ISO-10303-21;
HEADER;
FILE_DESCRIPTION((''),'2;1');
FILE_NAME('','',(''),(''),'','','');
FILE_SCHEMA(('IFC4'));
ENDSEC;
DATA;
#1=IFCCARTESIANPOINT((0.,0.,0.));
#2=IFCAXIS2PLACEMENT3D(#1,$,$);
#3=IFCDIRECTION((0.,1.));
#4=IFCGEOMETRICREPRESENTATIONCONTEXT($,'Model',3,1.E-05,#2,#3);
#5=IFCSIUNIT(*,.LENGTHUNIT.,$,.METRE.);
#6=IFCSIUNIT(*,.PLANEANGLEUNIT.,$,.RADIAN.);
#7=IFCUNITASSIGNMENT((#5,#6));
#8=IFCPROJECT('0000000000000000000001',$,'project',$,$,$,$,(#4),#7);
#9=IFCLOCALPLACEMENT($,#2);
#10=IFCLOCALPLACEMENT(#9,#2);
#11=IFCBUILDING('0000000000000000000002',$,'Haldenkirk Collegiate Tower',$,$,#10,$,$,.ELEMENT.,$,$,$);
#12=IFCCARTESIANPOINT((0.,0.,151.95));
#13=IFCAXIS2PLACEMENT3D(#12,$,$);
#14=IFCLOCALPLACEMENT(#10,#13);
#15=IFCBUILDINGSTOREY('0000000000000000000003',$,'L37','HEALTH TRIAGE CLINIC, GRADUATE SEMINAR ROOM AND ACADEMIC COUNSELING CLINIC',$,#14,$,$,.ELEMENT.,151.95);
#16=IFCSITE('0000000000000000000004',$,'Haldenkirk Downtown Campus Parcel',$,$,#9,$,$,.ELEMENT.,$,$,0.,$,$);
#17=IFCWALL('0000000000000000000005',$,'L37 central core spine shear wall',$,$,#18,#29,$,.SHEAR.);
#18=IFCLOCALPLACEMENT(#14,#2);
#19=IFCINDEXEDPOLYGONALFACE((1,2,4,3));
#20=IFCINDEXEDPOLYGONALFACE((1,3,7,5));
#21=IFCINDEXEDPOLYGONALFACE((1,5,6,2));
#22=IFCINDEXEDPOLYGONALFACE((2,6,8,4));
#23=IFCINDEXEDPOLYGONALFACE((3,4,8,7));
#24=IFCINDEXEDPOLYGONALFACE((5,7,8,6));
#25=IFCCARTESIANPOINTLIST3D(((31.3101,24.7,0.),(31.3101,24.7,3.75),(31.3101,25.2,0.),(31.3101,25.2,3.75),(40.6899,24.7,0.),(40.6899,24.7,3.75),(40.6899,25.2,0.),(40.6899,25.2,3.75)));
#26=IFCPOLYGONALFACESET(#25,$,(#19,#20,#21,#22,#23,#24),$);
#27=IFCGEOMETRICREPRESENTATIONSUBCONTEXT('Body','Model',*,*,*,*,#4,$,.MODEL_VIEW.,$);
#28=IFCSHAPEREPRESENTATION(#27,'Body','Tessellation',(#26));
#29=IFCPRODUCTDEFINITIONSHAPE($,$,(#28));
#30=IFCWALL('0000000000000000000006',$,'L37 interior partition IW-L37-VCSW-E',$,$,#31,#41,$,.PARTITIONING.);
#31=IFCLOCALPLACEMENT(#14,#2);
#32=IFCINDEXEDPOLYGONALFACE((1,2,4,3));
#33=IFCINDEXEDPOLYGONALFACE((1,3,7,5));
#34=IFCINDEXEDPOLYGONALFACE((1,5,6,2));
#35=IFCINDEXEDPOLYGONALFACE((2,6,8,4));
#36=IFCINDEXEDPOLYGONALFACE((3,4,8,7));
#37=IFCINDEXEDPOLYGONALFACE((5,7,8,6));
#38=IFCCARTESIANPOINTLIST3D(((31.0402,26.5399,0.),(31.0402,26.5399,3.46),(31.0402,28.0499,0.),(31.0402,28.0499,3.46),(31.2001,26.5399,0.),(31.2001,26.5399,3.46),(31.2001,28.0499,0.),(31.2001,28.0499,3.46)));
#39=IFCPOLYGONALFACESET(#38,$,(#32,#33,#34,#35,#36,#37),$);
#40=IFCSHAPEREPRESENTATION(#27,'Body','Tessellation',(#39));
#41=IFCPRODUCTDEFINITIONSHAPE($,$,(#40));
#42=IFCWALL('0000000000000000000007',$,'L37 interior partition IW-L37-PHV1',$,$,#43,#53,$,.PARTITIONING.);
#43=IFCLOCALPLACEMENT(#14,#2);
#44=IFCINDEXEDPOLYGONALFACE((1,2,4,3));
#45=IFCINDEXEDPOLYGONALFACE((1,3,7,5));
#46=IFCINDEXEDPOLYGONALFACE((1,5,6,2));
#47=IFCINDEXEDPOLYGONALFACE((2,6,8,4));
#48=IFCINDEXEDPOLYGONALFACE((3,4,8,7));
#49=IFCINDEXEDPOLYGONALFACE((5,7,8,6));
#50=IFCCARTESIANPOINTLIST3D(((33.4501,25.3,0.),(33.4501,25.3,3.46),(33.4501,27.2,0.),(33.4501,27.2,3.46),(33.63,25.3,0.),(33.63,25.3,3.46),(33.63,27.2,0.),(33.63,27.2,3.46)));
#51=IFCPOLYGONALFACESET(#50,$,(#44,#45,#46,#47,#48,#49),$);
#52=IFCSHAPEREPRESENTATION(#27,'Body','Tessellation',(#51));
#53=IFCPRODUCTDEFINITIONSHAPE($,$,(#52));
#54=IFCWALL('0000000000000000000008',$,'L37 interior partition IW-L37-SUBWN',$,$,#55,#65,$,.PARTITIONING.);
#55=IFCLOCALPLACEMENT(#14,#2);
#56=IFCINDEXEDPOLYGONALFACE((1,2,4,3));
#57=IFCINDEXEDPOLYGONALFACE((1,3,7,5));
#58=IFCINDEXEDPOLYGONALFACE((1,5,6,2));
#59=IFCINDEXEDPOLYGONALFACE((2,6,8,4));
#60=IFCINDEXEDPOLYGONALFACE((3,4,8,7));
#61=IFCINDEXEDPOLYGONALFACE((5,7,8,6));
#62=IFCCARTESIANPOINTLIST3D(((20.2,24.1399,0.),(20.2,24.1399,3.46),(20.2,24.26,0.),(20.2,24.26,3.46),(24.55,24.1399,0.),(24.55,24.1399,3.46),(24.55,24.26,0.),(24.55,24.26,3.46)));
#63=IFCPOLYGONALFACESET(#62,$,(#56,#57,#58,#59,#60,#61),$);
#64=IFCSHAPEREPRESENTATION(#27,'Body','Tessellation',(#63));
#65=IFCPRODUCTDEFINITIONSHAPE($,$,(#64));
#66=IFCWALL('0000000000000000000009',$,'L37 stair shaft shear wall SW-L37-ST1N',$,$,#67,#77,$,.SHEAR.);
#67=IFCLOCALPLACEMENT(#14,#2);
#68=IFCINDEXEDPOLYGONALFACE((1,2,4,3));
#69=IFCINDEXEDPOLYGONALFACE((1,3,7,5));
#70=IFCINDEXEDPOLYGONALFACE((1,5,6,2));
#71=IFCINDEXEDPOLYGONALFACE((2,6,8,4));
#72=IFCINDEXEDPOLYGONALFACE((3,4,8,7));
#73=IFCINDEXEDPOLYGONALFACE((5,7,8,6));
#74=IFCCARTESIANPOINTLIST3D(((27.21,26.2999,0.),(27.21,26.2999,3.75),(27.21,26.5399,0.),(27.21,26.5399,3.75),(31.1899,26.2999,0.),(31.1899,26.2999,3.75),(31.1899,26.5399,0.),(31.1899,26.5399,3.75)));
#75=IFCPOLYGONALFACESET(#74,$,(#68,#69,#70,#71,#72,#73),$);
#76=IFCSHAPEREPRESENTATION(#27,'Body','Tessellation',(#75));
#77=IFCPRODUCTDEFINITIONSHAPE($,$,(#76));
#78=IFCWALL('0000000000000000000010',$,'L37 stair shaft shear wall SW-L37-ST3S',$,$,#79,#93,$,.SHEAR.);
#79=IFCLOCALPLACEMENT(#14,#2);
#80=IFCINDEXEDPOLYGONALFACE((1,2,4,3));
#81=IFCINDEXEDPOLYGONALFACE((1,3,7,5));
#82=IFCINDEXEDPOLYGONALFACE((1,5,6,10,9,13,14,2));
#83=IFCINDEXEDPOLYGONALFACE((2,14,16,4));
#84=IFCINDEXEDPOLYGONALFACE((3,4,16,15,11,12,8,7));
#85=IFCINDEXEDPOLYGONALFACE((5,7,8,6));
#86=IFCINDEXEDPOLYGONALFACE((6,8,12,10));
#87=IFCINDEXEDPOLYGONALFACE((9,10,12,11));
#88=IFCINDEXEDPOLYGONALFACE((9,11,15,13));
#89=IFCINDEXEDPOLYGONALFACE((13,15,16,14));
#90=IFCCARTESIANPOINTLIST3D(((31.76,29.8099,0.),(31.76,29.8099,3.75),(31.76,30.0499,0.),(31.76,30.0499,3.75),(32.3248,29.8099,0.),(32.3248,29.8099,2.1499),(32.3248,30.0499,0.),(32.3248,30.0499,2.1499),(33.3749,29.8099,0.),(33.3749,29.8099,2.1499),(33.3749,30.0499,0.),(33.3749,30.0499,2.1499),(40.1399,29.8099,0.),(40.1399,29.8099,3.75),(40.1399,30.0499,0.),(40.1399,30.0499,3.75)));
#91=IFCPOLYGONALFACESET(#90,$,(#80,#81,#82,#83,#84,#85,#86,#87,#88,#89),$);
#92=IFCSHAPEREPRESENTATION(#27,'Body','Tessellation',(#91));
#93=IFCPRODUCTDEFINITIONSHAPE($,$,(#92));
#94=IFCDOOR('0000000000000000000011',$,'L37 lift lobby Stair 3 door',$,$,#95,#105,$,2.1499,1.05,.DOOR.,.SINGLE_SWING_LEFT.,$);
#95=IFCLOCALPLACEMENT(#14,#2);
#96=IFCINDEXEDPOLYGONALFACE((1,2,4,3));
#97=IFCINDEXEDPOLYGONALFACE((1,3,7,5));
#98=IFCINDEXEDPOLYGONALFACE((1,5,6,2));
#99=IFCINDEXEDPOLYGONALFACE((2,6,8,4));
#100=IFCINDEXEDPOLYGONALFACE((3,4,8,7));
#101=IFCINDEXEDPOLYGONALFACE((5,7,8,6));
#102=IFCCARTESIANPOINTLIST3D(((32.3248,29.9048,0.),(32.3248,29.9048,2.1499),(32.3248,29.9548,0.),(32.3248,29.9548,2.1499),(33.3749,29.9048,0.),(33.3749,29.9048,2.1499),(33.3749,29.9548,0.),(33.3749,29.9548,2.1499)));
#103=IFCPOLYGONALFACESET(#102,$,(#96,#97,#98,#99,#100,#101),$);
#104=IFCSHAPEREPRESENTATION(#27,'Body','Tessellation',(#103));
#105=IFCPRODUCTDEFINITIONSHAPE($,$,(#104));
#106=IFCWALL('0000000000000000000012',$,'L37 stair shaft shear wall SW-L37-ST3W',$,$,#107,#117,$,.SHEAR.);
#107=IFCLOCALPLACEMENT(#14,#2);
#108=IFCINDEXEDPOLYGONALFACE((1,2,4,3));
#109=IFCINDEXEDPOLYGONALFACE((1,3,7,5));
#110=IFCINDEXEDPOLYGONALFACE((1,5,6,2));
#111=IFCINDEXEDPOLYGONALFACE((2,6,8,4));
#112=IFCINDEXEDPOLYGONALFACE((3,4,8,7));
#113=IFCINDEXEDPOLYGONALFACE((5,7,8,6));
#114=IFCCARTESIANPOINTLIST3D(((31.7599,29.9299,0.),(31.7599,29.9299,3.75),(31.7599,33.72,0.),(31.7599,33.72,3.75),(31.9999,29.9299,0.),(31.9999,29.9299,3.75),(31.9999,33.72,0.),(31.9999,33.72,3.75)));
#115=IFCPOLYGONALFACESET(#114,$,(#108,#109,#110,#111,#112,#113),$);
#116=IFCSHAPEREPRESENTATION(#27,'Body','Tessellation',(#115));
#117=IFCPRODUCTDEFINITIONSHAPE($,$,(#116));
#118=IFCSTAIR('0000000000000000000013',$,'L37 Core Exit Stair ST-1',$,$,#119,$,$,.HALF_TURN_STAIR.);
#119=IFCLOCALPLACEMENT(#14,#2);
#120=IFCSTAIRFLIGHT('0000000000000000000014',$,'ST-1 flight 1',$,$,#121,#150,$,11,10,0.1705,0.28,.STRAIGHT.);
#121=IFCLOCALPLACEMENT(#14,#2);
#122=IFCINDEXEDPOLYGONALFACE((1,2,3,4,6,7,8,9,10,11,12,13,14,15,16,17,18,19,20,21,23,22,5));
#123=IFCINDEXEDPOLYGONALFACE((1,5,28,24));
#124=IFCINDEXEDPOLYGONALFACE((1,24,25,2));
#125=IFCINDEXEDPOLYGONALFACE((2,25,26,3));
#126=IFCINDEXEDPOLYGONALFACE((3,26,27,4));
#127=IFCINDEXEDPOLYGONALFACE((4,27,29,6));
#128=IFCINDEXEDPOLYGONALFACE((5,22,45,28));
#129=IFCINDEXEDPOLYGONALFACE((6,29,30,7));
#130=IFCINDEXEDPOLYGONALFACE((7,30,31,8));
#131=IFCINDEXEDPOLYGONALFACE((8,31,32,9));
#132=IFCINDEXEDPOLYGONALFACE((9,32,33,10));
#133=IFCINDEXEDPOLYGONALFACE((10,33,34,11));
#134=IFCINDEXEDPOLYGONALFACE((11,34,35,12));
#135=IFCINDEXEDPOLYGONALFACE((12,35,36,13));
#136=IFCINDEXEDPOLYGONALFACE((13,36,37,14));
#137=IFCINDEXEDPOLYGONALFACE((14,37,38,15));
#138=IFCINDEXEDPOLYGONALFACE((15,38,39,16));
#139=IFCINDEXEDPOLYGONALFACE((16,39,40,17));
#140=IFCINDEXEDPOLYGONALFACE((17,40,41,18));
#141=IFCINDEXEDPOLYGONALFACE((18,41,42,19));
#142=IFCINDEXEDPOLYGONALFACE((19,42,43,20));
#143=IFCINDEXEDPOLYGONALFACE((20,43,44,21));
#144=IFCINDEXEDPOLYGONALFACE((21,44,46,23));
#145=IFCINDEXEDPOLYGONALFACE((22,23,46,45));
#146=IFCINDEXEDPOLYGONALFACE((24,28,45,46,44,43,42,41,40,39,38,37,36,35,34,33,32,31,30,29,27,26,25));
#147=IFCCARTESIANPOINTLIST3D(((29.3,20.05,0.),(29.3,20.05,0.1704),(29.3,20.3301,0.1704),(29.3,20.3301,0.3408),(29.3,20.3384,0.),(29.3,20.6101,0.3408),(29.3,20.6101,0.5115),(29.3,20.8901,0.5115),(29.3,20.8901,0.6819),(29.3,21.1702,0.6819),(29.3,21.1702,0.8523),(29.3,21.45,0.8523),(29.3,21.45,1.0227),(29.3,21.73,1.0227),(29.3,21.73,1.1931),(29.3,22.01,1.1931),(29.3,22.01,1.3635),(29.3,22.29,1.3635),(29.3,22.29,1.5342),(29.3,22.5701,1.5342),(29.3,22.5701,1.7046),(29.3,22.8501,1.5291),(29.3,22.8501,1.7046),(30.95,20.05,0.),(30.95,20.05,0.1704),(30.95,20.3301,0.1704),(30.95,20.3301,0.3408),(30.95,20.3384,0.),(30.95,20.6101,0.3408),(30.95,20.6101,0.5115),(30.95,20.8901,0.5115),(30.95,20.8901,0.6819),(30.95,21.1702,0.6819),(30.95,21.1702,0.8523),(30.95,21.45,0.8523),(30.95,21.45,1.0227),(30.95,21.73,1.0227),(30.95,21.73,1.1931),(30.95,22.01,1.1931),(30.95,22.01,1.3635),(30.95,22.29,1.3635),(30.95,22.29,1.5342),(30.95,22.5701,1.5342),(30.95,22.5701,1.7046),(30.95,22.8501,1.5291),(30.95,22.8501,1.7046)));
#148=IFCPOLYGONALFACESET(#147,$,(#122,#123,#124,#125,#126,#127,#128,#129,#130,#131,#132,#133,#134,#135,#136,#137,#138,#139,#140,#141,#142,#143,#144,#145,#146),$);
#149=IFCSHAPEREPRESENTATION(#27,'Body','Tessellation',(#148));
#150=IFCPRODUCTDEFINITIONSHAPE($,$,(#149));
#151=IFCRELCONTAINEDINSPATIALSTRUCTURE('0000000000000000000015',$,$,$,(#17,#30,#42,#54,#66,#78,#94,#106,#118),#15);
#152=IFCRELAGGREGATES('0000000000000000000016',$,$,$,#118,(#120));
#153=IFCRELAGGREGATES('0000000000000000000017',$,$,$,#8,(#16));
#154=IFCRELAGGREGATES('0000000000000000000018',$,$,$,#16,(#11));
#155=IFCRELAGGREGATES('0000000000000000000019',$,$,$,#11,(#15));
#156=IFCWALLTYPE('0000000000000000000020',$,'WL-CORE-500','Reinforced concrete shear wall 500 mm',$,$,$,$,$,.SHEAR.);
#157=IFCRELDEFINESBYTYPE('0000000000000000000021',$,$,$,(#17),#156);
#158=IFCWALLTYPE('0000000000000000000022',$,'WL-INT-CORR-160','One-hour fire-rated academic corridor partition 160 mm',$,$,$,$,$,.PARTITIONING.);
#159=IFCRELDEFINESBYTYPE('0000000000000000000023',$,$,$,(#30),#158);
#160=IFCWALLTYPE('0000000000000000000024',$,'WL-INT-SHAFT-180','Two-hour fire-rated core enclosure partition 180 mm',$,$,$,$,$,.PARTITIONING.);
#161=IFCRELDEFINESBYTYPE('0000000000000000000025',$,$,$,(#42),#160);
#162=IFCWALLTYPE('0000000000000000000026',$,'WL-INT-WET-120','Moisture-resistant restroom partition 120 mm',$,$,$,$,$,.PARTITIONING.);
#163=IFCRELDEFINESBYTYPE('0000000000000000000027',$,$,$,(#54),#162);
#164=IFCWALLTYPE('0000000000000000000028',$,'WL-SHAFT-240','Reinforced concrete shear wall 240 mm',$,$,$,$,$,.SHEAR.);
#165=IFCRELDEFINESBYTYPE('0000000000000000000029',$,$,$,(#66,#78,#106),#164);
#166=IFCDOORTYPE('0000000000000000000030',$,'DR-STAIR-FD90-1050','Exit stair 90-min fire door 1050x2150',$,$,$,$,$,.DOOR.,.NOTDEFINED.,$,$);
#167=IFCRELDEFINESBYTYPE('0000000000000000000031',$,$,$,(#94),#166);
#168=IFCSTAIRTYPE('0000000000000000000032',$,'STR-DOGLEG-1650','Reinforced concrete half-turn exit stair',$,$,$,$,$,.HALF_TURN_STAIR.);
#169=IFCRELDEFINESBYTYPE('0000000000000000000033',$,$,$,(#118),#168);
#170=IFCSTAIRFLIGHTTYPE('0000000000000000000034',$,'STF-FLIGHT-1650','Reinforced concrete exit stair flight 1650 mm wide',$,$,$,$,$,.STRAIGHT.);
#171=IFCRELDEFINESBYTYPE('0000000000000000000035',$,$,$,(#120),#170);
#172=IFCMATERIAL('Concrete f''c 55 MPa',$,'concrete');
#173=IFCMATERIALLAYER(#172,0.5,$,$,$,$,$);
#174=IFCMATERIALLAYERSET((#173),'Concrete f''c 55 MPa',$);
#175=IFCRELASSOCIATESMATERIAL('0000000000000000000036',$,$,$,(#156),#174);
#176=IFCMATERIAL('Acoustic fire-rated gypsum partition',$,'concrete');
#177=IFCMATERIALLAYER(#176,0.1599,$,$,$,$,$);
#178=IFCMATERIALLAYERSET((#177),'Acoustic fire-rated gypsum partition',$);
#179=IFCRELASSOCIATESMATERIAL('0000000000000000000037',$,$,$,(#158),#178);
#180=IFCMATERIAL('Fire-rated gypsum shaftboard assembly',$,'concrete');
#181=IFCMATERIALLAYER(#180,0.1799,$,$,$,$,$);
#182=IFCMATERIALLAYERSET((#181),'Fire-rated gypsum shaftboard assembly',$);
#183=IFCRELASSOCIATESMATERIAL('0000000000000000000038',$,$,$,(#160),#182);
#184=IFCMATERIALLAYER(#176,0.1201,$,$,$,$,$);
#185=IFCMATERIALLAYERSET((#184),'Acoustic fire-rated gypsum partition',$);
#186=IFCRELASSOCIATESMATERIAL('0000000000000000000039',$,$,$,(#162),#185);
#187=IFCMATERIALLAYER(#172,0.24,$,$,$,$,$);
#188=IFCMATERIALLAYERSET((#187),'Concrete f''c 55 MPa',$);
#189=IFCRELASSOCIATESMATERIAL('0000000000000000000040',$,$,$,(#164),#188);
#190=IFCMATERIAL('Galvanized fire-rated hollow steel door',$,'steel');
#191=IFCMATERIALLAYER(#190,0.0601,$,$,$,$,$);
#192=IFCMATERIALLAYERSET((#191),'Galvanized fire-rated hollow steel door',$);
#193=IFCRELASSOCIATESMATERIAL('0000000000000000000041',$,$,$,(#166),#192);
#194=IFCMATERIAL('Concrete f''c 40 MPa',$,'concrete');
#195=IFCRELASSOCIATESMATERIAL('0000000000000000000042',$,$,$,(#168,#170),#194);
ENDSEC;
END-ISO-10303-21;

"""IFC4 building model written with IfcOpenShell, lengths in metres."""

from ifc_helpers import new_model, si_unit, direction, frame, frame_2d, origin, place, context, subcontext, project, spatial, polyline, rectangle, outline, extrude, material, layer, layer_set, type_object, element, fill, aggregate, save


model = new_model("IFC4")

# Units and contexts
model_context = context("Model", 3, precision=1e-05, world=origin(), true_north=direction((0.0, 1.0)))
body_context = subcontext(model_context, "Body", "Model", "MODEL_VIEW")
ifc_project = project(units=[si_unit("LENGTHUNIT", "METRE"), si_unit("PLANEANGLEUNIT", "RADIAN")], contexts=[model_context])

# Site, building, storey
site_placement = place(None, origin())
site = spatial("IfcSite", under=ifc_project, at=site_placement, Name="Haldenkirk Downtown Campus Parcel", CompositionType="ELEMENT", RefElevation=0.0)
building_placement = place(site_placement, origin())
building = spatial("IfcBuilding", under=site, at=building_placement, Name="Haldenkirk Collegiate Tower", CompositionType="ELEMENT")
storey_placement = place(building_placement, frame((0.0, 0.0, 151.95)))
storey = spatial("IfcBuildingStorey", under=building, at=storey_placement, Name="L37", Description="HEALTH TRIAGE CLINIC, GRADUATE SEMINAR ROOM AND ACADEMIC COUNSELING CLINIC", CompositionType="ELEMENT", Elevation=151.95)

# Wall
ifc_material_1 = material(Name="Concrete f'c 55 MPa", Category="concrete")
ifc_layer_1 = layer(ifc_material_1, 0.5)
ifc_layer_set_1 = layer_set([ifc_layer_1], Name="Concrete f'c 55 MPa")
wall_type_1 = type_object("IfcWallType", Name="WL-CORE-500", Description="Reinforced concrete shear wall 500 mm", PredefinedType="SHEAR", material=ifc_layer_set_1)
wall_1_placement = place(storey_placement, frame((31.3101, 24.95, 0.0), z_axis=(0.0, 0.0, 1.0), x_axis=(1.0, 0.0, 0.0)))
element("IfcWall", 1, at=wall_1_placement, inside=storey, type_object=wall_type_1, Name="L37 central core spine shear wall", PredefinedType="SHEAR", context=body_context, shape_type="SweptSolid", body=[
    extrude(rectangle(XDim=9.3799, YDim=0.5, at=frame_2d((4.6899, 0.0))), origin(), (0.0, 0.0, 1.0), 3.75),
])

# Shared definitions
ifc_material_2 = material(Name="Acoustic fire-rated gypsum partition", Category="concrete")
ifc_layer_2 = layer(ifc_material_2, 0.1599)
ifc_layer_set_2 = layer_set([ifc_layer_2], Name="Acoustic fire-rated gypsum partition")
wall_type_2 = type_object("IfcWallType", Name="WL-INT-CORR-160", Description="One-hour fire-rated academic corridor partition 160 mm", PredefinedType="PARTITIONING", material=ifc_layer_set_2)

# Wall
wall_2_placement = place(storey_placement, frame((31.1201, 26.54, 0.0), z_axis=(0.0, 0.0, 1.0), x_axis=(0.0, 1.0, 0.0)))
element("IfcWall", 2, at=wall_2_placement, inside=storey, type_object=wall_type_2, Name="L37 interior partition IW-L37-VCSW-E", PredefinedType="PARTITIONING", context=body_context, shape_type="SweptSolid", body=[
    extrude(rectangle(XDim=1.51, YDim=0.1599, at=frame_2d((0.7549, 0.0))), origin(), (0.0, 0.0, 1.0), 3.46),
])

# Shared definitions
ifc_material_3 = material(Name="Fire-rated gypsum shaftboard assembly", Category="concrete")
ifc_layer_3 = layer(ifc_material_3, 0.1799)
ifc_layer_set_3 = layer_set([ifc_layer_3], Name="Fire-rated gypsum shaftboard assembly")
wall_type_3 = type_object("IfcWallType", Name="WL-INT-SHAFT-180", Description="Two-hour fire-rated core enclosure partition 180 mm", PredefinedType="PARTITIONING", material=ifc_layer_set_3)

# Wall
wall_3_placement = place(storey_placement, frame((33.54, 25.3, 0.0), z_axis=(0.0, 0.0, 1.0), x_axis=(0.0, 1.0, 0.0)))
element("IfcWall", 3, at=wall_3_placement, inside=storey, type_object=wall_type_3, Name="L37 interior partition IW-L37-PHV1", PredefinedType="PARTITIONING", context=body_context, shape_type="SweptSolid", body=[
    extrude(rectangle(XDim=1.8999, YDim=0.1799, at=frame_2d((0.95, 0.0))), origin(), (0.0, 0.0, 1.0), 3.46),
])

# Shared definitions
ifc_material_4 = material(Name="Galvanized fire-rated hollow steel door", Category="steel")

# Walls
ifc_layer_4 = layer(ifc_material_2, 0.1201)
ifc_layer_set_4 = layer_set([ifc_layer_4], Name="Acoustic fire-rated gypsum partition")
wall_type_4 = type_object("IfcWallType", Name="WL-INT-WET-120", Description="Moisture-resistant restroom partition 120 mm", PredefinedType="PARTITIONING", material=ifc_layer_set_4)
wall_4_placement = place(storey_placement, frame((20.2, 24.2, 0.0), z_axis=(0.0, 0.0, 1.0), x_axis=(1.0, 0.0, 0.0)))
element("IfcWall", 4, at=wall_4_placement, inside=storey, type_object=wall_type_4, Name="L37 interior partition IW-L37-SUBWN", PredefinedType="PARTITIONING", context=body_context, shape_type="SweptSolid", body=[
    extrude(rectangle(XDim=4.3501, YDim=0.1201, at=frame_2d((2.175, 0.0))), origin(), (0.0, 0.0, 1.0), 3.46),
])
ifc_layer_5 = layer(ifc_material_1, 0.24)
ifc_layer_set_5 = layer_set([ifc_layer_5], Name="Concrete f'c 55 MPa")
wall_type_5 = type_object("IfcWallType", Name="WL-SHAFT-240", Description="Reinforced concrete shear wall 240 mm", PredefinedType="SHEAR", material=ifc_layer_set_5)
wall_5_placement = place(storey_placement, frame((27.21, 26.4199, 0.0), z_axis=(0.0, 0.0, 1.0), x_axis=(1.0, 0.0, 0.0)))
element("IfcWall", 5, at=wall_5_placement, inside=storey, type_object=wall_type_5, Name="L37 stair shaft shear wall SW-L37-ST1N", PredefinedType="SHEAR", context=body_context, shape_type="SweptSolid", body=[
    extrude(rectangle(XDim=3.98, YDim=0.24, at=frame_2d((1.99, 0.0))), origin(), (0.0, 0.0, 1.0), 3.75),
])

# Wall, opening, door
wall_6_placement = place(storey_placement, frame((31.76, 29.9299, 0.0), z_axis=(0.0, 0.0, 1.0), x_axis=(1.0, 0.0, 0.0)))
wall_6 = element("IfcWall", 6, at=wall_6_placement, inside=storey, type_object=wall_type_5, Name="L37 stair shaft shear wall SW-L37-ST3S", PredefinedType="SHEAR", context=body_context, shape_type="SweptSolid", body=[
    extrude(rectangle(XDim=8.3799, YDim=0.24, at=frame_2d((4.1899, 0.0))), origin(), (0.0, 0.0, 1.0), 3.75),
])
opening_1_placement = place(wall_6_placement, frame((0.5649, 0.0, 0.0)))
opening_1 = element("IfcOpeningElement", 7, at=opening_1_placement, cuts=wall_6, PredefinedType="OPENING", context=body_context, shape_type="SweptSolid", body=[
    extrude(rectangle(XDim=1.05, YDim=2.1499, at=frame_2d((0.5249, 1.075))), frame((0.0, 0.1299, 0.0), z_axis=(0.0, -1.0, 0.0), x_axis=(1.0, 0.0, 0.0)), (0.0, 0.0, 1.0), 0.26),
])
ifc_layer_6 = layer(ifc_material_4, 0.0601)
ifc_layer_set_6 = layer_set([ifc_layer_6], Name="Galvanized fire-rated hollow steel door")
door_type_1 = type_object("IfcDoorType", Name="DR-STAIR-FD90-1050", Description="Exit stair 90-min fire door 1050x2150", OperationType="NOTDEFINED", PredefinedType="DOOR", material=ifc_layer_set_6)
door_1_placement = place(opening_1_placement, origin())
door_1 = element("IfcDoor", 8, at=door_1_placement, inside=storey, type_object=door_type_1, Name="L37 lift lobby Stair 3 door", OperationType="SINGLE_SWING_LEFT", OverallHeight=2.1499, OverallWidth=1.05, PredefinedType="DOOR", context=body_context, shape_type="SweptSolid", body=[
    extrude(rectangle(XDim=1.05, YDim=2.1499, at=frame_2d((0.5249, 1.075))), frame((0.0, 0.0249, 0.0), z_axis=(0.0, -1.0, 0.0), x_axis=(1.0, 0.0, 0.0)), (0.0, 0.0, 1.0), 0.05),
])
fill(opening_1, door_1)

# Wall
wall_7_placement = place(storey_placement, frame((31.8799, 29.9299, 0.0), z_axis=(0.0, 0.0, 1.0), x_axis=(0.0, 1.0, 0.0)))
element("IfcWall", 9, at=wall_7_placement, inside=storey, type_object=wall_type_5, Name="L37 stair shaft shear wall SW-L37-ST3W", PredefinedType="SHEAR", context=body_context, shape_type="SweptSolid", body=[
    extrude(rectangle(XDim=3.79, YDim=0.24, at=frame_2d((1.895, 0.0))), origin(), (0.0, 0.0, 1.0), 3.75),
])

# Stair, stair flight
ifc_material_5 = material(Name="Concrete f'c 40 MPa", Category="concrete")
stair_type = type_object("IfcStairType", Name="STR-DOGLEG-1650", Description="Reinforced concrete half-turn exit stair", PredefinedType="HALF_TURN_STAIR", material=ifc_material_5)
stair_placement = place(storey_placement, origin())
stair = element("IfcStair", 10, at=stair_placement, inside=storey, type_object=stair_type, Name="L37 Core Exit Stair ST-1", PredefinedType="HALF_TURN_STAIR")
stair_flight_type = type_object("IfcStairFlightType", Name="STF-FLIGHT-1650", Description="Reinforced concrete exit stair flight 1650 mm wide", PredefinedType="STRAIGHT", material=ifc_material_5)
stair_flight_1_placement = place(storey_placement, frame((30.125, 20.05, 0.0), z_axis=(0.0, 0.0, 1.0), x_axis=(0.0, 1.0, 0.0)))
stair_flight_1 = element("IfcStairFlight", 11, at=stair_flight_1_placement, type_object=stair_flight_type, Name="ST-1 flight 1", NumberOfRisers=11, NumberOfTreads=10, PredefinedType="STRAIGHT", RiserHeight=0.1705, TreadLength=0.28, context=body_context, shape_type="SweptSolid", body=[
    extrude(outline(polyline([(0.0, 0.0), (0.0, 0.1704), (0.28, 0.1704), (0.28, 0.3408), (0.5601, 0.3408), (0.5601, 0.5115), (0.8401, 0.5115), (0.8401, 0.6819), (1.1201, 0.6819), (1.1201, 0.8523), (1.3999, 0.8523), (1.3999, 1.0227), (1.6799, 1.0227), (1.6799, 1.1931), (1.96, 1.1931), (1.96, 1.3635), (2.24, 1.3635), (2.24, 1.5342), (2.52, 1.5342), (2.52, 1.7046), (2.8, 1.7046), (2.8, 1.875), (2.8, 1.5291), (0.2883, 0.0), (0.0, 0.0)])), frame((0.0, 0.825, 0.0), z_axis=(0.0, -1.0, 0.0), x_axis=(1.0, 0.0, 0.0)), (0.0, 0.0, 1.0), 1.6499),
])
aggregate(stair, [stair_flight_1])

save(model, "model.ifc")
